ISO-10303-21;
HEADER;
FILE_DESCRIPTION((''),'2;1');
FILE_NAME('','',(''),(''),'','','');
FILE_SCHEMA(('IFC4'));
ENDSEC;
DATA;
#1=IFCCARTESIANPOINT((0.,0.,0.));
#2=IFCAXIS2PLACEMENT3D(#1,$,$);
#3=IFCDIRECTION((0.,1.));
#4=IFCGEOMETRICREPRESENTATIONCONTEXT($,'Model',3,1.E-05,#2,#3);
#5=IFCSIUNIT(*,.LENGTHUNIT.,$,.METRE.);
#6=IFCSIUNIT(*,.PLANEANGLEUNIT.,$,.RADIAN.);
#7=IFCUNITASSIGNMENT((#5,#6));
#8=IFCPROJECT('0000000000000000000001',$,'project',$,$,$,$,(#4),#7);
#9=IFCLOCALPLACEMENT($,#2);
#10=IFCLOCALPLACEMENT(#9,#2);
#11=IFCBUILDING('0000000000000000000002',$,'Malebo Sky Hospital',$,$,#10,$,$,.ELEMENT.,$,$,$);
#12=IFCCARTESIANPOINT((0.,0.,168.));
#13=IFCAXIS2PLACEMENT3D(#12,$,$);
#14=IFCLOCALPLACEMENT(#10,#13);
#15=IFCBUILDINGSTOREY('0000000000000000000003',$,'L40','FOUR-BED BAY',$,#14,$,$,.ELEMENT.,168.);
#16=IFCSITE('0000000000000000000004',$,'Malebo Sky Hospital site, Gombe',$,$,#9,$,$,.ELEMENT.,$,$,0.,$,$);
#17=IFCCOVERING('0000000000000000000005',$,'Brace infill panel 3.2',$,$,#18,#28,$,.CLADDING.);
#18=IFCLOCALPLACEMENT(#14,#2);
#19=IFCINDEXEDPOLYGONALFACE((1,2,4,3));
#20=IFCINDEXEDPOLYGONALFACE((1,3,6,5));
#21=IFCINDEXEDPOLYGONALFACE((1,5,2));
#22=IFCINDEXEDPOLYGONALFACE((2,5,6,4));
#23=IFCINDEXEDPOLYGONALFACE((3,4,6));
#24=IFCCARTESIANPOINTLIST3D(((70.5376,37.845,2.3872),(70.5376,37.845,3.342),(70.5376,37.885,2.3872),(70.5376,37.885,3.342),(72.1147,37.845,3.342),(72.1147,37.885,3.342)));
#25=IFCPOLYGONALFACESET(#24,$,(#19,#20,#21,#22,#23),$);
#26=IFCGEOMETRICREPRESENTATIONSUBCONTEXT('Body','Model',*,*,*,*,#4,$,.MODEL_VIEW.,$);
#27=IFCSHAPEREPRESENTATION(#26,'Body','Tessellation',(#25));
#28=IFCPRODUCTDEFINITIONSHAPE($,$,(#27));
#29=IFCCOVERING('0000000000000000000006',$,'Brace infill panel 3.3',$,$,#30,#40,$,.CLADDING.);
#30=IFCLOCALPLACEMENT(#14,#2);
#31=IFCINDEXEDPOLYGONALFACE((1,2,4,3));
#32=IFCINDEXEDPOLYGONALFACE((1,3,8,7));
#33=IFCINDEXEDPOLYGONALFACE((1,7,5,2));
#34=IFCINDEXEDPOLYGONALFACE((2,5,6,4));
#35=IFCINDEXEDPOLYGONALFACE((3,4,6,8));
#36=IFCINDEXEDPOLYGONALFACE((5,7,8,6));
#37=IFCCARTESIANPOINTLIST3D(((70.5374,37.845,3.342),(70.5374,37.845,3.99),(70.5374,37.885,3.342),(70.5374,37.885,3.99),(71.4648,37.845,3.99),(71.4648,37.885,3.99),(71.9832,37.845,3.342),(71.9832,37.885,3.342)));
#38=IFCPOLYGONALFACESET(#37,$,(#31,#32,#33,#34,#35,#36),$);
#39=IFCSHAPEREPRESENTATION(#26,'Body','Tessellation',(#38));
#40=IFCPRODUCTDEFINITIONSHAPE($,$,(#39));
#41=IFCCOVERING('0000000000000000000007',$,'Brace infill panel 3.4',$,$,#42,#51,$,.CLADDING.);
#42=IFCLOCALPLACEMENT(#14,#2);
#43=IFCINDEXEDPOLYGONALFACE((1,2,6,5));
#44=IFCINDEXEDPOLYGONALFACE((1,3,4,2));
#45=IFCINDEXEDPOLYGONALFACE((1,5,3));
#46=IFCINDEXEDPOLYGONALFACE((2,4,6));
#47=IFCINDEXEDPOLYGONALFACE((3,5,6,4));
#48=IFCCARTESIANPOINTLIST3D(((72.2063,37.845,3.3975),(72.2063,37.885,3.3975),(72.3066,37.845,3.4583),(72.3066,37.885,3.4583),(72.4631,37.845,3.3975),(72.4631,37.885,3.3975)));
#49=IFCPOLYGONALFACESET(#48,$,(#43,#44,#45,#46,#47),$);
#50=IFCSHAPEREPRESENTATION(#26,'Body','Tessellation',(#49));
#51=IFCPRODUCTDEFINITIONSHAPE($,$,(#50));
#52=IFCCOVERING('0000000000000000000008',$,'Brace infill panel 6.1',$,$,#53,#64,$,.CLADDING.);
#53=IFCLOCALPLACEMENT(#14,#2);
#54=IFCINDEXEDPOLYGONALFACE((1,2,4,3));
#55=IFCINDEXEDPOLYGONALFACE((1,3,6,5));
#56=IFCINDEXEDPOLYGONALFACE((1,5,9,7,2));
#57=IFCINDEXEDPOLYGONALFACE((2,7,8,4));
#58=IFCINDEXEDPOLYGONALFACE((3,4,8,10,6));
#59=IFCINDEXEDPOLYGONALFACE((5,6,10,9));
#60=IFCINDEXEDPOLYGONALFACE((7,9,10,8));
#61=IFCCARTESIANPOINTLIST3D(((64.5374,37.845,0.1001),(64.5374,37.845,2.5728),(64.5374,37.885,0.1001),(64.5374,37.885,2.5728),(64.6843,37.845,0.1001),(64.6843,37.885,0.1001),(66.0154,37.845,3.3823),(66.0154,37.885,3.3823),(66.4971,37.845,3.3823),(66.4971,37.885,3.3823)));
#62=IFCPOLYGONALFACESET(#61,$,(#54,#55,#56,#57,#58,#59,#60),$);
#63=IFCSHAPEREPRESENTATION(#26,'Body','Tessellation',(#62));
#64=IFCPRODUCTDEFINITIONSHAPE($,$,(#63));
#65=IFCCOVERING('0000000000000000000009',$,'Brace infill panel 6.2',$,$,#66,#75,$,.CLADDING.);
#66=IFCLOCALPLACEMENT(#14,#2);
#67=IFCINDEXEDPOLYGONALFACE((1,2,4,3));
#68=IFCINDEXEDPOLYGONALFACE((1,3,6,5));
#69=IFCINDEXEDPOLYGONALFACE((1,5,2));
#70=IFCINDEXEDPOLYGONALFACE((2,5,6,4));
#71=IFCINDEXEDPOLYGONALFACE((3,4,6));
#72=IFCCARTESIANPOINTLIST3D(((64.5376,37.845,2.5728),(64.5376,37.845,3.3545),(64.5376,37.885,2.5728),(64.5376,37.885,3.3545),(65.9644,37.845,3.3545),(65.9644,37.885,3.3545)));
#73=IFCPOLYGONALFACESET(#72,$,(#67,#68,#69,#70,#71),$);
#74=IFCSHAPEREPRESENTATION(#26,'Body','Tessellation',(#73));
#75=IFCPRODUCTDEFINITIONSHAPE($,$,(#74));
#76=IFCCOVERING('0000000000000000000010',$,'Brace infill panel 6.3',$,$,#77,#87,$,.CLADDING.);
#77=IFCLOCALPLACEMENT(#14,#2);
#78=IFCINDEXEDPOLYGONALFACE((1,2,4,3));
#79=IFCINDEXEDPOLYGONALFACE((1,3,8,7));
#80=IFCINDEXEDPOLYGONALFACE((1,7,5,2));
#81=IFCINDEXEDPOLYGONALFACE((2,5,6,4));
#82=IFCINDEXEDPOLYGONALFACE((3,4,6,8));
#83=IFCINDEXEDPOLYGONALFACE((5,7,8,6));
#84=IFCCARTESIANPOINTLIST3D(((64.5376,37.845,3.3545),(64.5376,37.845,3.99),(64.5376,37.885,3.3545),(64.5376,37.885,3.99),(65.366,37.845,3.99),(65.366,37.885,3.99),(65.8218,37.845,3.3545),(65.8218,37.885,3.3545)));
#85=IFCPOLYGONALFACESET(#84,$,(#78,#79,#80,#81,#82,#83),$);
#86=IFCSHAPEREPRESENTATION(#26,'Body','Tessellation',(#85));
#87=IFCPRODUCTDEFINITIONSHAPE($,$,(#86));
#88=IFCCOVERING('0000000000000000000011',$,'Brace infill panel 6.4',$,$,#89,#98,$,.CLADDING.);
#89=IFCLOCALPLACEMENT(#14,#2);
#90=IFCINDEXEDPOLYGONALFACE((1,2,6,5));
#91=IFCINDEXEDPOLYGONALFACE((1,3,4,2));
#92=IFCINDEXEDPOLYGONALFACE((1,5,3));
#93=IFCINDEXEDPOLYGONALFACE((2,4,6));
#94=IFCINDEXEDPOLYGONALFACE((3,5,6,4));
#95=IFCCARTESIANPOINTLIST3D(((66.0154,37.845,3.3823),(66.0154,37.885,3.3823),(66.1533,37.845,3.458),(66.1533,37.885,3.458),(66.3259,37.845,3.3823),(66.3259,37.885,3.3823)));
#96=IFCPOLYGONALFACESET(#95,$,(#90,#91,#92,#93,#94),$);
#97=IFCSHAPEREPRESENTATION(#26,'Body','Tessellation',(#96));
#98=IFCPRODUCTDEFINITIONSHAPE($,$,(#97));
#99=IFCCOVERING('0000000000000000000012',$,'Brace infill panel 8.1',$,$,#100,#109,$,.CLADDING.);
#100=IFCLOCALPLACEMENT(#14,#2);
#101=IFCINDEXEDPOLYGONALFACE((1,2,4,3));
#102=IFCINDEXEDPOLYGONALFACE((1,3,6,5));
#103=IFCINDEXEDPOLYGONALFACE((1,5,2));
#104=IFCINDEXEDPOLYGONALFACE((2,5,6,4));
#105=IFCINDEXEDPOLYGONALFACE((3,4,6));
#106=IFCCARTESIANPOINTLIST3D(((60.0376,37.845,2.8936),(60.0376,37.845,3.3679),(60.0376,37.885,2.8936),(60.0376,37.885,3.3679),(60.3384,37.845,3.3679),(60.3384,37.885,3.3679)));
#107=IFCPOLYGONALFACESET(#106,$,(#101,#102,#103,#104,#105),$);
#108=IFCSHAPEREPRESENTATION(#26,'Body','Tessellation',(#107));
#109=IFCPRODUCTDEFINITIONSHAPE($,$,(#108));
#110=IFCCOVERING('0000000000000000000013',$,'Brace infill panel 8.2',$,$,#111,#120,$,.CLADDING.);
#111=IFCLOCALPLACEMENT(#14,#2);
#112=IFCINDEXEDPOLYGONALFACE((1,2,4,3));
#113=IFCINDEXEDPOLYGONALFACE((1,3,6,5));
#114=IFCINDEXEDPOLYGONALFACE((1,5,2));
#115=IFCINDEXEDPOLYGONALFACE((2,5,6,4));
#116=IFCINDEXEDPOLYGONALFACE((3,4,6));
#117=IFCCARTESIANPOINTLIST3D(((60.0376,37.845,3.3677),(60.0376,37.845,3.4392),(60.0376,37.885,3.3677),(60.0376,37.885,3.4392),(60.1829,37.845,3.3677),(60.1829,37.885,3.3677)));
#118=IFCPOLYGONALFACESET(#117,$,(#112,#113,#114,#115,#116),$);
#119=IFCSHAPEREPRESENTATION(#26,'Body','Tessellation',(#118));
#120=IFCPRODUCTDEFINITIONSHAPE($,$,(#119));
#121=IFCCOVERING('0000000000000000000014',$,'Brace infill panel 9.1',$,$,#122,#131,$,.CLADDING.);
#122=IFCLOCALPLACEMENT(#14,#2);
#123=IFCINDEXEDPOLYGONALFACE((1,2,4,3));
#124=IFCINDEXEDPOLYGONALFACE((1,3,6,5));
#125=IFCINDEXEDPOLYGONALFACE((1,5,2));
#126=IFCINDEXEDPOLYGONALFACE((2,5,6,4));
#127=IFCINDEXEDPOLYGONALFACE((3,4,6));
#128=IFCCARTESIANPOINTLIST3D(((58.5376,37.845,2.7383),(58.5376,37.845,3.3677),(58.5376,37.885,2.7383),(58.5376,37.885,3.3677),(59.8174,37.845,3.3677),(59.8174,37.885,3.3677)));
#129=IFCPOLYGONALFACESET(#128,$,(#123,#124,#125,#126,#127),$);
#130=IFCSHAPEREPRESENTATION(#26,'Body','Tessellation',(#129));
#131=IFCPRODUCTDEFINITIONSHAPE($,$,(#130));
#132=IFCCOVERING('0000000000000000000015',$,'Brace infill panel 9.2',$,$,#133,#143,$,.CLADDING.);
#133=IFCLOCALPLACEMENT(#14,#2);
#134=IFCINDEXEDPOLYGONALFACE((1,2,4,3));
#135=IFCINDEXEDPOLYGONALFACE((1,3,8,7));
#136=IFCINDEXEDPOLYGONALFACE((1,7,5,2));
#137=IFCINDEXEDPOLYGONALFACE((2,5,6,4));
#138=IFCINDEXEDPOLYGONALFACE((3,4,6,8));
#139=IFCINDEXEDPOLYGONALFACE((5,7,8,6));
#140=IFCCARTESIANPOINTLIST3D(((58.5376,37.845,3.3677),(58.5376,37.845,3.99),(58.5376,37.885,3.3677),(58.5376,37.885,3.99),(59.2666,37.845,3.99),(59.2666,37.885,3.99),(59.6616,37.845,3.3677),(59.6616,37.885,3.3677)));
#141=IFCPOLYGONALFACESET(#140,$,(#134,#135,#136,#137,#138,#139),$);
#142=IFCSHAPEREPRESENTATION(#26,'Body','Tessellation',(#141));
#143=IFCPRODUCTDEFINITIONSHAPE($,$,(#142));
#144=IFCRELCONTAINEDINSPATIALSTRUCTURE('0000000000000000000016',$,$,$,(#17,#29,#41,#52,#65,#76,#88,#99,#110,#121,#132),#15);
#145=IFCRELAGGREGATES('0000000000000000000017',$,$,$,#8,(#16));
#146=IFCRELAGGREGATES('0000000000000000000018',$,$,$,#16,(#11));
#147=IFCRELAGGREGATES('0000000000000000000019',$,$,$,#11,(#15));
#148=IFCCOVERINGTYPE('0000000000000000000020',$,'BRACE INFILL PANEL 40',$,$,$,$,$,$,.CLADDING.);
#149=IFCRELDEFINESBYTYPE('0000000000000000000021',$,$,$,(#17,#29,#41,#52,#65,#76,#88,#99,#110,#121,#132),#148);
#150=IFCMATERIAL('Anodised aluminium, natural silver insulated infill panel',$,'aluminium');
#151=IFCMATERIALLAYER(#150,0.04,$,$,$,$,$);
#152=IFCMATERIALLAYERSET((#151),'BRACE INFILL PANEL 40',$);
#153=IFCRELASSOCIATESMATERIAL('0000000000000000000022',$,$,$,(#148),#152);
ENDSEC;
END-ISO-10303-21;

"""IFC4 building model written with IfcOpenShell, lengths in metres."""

from ifc_helpers import new_model, si_unit, direction, frame, origin, place, context, subcontext, project, spatial, polyline, outline, extrude, material, layer, layer_set, type_object, element, save


model = new_model("IFC4")

# Units and contexts
model_context = context("Model", 3, precision=1e-05, world=origin(), true_north=direction((0.0, 1.0)))
body_context = subcontext(model_context, "Body", "Model", "MODEL_VIEW")
ifc_project = project(units=[si_unit("LENGTHUNIT", "METRE"), si_unit("PLANEANGLEUNIT", "RADIAN")], contexts=[model_context])

# Site, building, storey
site_placement = place(None, origin())
site = spatial("IfcSite", under=ifc_project, at=site_placement, Name="Malebo Sky Hospital site, Gombe", CompositionType="ELEMENT", RefElevation=0.0)
building_placement = place(site_placement, origin())
building = spatial("IfcBuilding", under=site, at=building_placement, Name="Malebo Sky Hospital", CompositionType="ELEMENT")
storey_placement = place(building_placement, frame((0.0, 0.0, 168.0)))
storey = spatial("IfcBuildingStorey", under=building, at=storey_placement, Name="L40", Description="FOUR-BED BAY", CompositionType="ELEMENT", Elevation=168.0)

# Coverings
ifc_material_1 = material(Name="Anodised aluminium, natural silver insulated infill panel", Category="aluminium")
ifc_layer_1 = layer(ifc_material_1, 0.04)
ifc_layer_set_1 = layer_set([ifc_layer_1], Name="BRACE INFILL PANEL 40")
covering_type = type_object("IfcCoveringType", Name="BRACE INFILL PANEL 40", PredefinedType="CLADDING", material=ifc_layer_set_1)
covering_1_placement = place(storey_placement, frame((71.3262, 37.865, 2.3872), z_axis=(0.0, 0.0, 1.0), x_axis=(-1.0, 0.0, 0.0)))
element("IfcCovering", 1, at=covering_1_placement, inside=storey, type_object=covering_type, Name="Brace infill panel 3.2", PredefinedType="CLADDING", context=body_context, shape_type="SweptSolid", body=[
    extrude(outline(polyline([(0.7886, 0.0), (0.7886, 0.9548), (-0.7886, 0.9548), (0.7886, 0.0)])), frame((0.0, 0.02, 0.0), z_axis=(0.0, -1.0, 0.0), x_axis=(1.0, 0.0, 0.0)), (0.0, 0.0, 1.0), 0.04),
])
covering_2_placement = place(storey_placement, frame((71.2603, 37.865, 3.342), z_axis=(0.0, 0.0, 1.0), x_axis=(-1.0, 0.0, 0.0)))
element("IfcCovering", 2, at=covering_2_placement, inside=storey, type_object=covering_type, Name="Brace infill panel 3.3", PredefinedType="CLADDING", context=body_context, shape_type="SweptSolid", body=[
    extrude(outline(polyline([(-0.7229, 0.0), (0.7229, 0.0), (0.7229, 0.6479), (-0.2046, 0.6479), (-0.7229, 0.0)])), frame((0.0, 0.02, 0.0), z_axis=(0.0, -1.0, 0.0), x_axis=(1.0, 0.0, 0.0)), (0.0, 0.0, 1.0), 0.04),
])
covering_3_placement = place(storey_placement, frame((72.3347, 37.865, 3.3975), z_axis=(0.0, 0.0, 1.0), x_axis=(-1.0, 0.0, 0.0)))
element("IfcCovering", 3, at=covering_3_placement, inside=storey, type_object=covering_type, Name="Brace infill panel 3.4", PredefinedType="CLADDING", context=body_context, shape_type="SweptSolid", body=[
    extrude(outline(polyline([(-0.1284, 0.0), (0.1284, 0.0), (0.0281, 0.0608), (-0.1284, 0.0)])), frame((0.0, 0.02, 0.0), z_axis=(0.0, -1.0, 0.0), x_axis=(1.0, 0.0, 0.0)), (0.0, 0.0, 1.0), 0.04),
])
covering_4_placement = place(storey_placement, frame((65.5173, 37.865, 0.1001), z_axis=(0.0, 0.0, 1.0), x_axis=(-1.0, 0.0, 0.0)))
element("IfcCovering", 4, at=covering_4_placement, inside=storey, type_object=covering_type, Name="Brace infill panel 6.1", PredefinedType="CLADDING", context=body_context, shape_type="SweptSolid", body=[
    extrude(outline(polyline([(0.833, 0.0), (0.98, 0.0), (0.98, 2.4727), (-0.498, 3.2822), (-0.9797, 3.2822), (0.833, 0.0)])), frame((0.0, 0.02, 0.0), z_axis=(0.0, -1.0, 0.0), x_axis=(1.0, 0.0, 0.0)), (0.0, 0.0, 1.0), 0.04),
])
covering_5_placement = place(storey_placement, frame((65.251, 37.865, 2.5728), z_axis=(0.0, 0.0, 1.0), x_axis=(-1.0, 0.0, 0.0)))
element("IfcCovering", 5, at=covering_5_placement, inside=storey, type_object=covering_type, Name="Brace infill panel 6.2", PredefinedType="CLADDING", context=body_context, shape_type="SweptSolid", body=[
    extrude(outline(polyline([(0.7134, 0.0), (0.7134, 0.7817), (-0.7134, 0.7817), (0.7134, 0.0)])), frame((0.0, 0.02, 0.0), z_axis=(0.0, -1.0, 0.0), x_axis=(1.0, 0.0, 0.0)), (0.0, 0.0, 1.0), 0.04),
])
covering_6_placement = place(storey_placement, frame((65.1797, 37.865, 3.3545), z_axis=(0.0, 0.0, 1.0), x_axis=(-1.0, 0.0, 0.0)))
element("IfcCovering", 6, at=covering_6_placement, inside=storey, type_object=covering_type, Name="Brace infill panel 6.3", PredefinedType="CLADDING", context=body_context, shape_type="SweptSolid", body=[
    extrude(outline(polyline([(-0.6421, 0.0), (0.6421, 0.0), (0.6421, 0.6355), (-0.1863, 0.6355), (-0.6421, 0.0)])), frame((0.0, 0.02, 0.0), z_axis=(0.0, -1.0, 0.0), x_axis=(1.0, 0.0, 0.0)), (0.0, 0.0, 1.0), 0.04),
])
covering_7_placement = place(storey_placement, frame((66.1707, 37.865, 3.3823), z_axis=(0.0, 0.0, 1.0), x_axis=(-1.0, 0.0, 0.0)))
element("IfcCovering", 7, at=covering_7_placement, inside=storey, type_object=covering_type, Name="Brace infill panel 6.4", PredefinedType="CLADDING", context=body_context, shape_type="SweptSolid", body=[
    extrude(outline(polyline([(-0.1553, 0.0), (0.1553, 0.0), (0.0173, 0.0757), (-0.1553, 0.0)])), frame((0.0, 0.02, 0.0), z_axis=(0.0, -1.0, 0.0), x_axis=(1.0, 0.0, 0.0)), (0.0, 0.0, 1.0), 0.04),
])
covering_8_placement = place(storey_placement, frame((60.188, 37.865, 2.8936), z_axis=(0.0, 0.0, 1.0), x_axis=(-1.0, 0.0, 0.0)))
element("IfcCovering", 8, at=covering_8_placement, inside=storey, type_object=covering_type, Name="Brace infill panel 8.1", PredefinedType="CLADDING", context=body_context, shape_type="SweptSolid", body=[
    extrude(outline(polyline([(0.1504, 0.0), (0.1504, 0.4744), (-0.1504, 0.4744), (0.1504, 0.0)])), frame((0.0, 0.02, 0.0), z_axis=(0.0, -1.0, 0.0), x_axis=(1.0, 0.0, 0.0)), (0.0, 0.0, 1.0), 0.04),
])
covering_9_placement = place(storey_placement, frame((60.1101, 37.865, 3.3677), z_axis=(0.0, 0.0, 1.0), x_axis=(-1.0, 0.0, 0.0)))
element("IfcCovering", 9, at=covering_9_placement, inside=storey, type_object=covering_type, Name="Brace infill panel 8.2", PredefinedType="CLADDING", context=body_context, shape_type="SweptSolid", body=[
    extrude(outline(polyline([(-0.0728, 0.0), (0.0725, 0.0), (0.0725, 0.0715), (-0.0728, 0.0)])), frame((0.0, 0.02, 0.0), z_axis=(0.0, -1.0, 0.0), x_axis=(1.0, 0.0, 0.0)), (0.0, 0.0, 1.0), 0.04),
])
covering_10_placement = place(storey_placement, frame((59.1775, 37.865, 2.7383), z_axis=(0.0, 0.0, 1.0), x_axis=(-1.0, 0.0, 0.0)))
element("IfcCovering", 10, at=covering_10_placement, inside=storey, type_object=covering_type, Name="Brace infill panel 9.1", PredefinedType="CLADDING", context=body_context, shape_type="SweptSolid", body=[
    extrude(outline(polyline([(0.6399, 0.0), (0.6399, 0.6294), (-0.6399, 0.6294), (0.6399, 0.0)])), frame((0.0, 0.02, 0.0), z_axis=(0.0, -1.0, 0.0), x_axis=(1.0, 0.0, 0.0)), (0.0, 0.0, 1.0), 0.04),
])
covering_11_placement = place(storey_placement, frame((59.0996, 37.865, 3.3677), z_axis=(0.0, 0.0, 1.0), x_axis=(-1.0, 0.0, 0.0)))
element("IfcCovering", 11, at=covering_11_placement, inside=storey, type_object=covering_type, Name="Brace infill panel 9.2", PredefinedType="CLADDING", context=body_context, shape_type="SweptSolid", body=[
    extrude(outline(polyline([(-0.562, 0.0), (0.562, 0.0), (0.562, 0.6223), (-0.167, 0.6223), (-0.562, 0.0)])), frame((0.0, 0.02, 0.0), z_axis=(0.0, -1.0, 0.0), x_axis=(1.0, 0.0, 0.0)), (0.0, 0.0, 1.0), 0.04),
])

save(model, "model.ifc")
